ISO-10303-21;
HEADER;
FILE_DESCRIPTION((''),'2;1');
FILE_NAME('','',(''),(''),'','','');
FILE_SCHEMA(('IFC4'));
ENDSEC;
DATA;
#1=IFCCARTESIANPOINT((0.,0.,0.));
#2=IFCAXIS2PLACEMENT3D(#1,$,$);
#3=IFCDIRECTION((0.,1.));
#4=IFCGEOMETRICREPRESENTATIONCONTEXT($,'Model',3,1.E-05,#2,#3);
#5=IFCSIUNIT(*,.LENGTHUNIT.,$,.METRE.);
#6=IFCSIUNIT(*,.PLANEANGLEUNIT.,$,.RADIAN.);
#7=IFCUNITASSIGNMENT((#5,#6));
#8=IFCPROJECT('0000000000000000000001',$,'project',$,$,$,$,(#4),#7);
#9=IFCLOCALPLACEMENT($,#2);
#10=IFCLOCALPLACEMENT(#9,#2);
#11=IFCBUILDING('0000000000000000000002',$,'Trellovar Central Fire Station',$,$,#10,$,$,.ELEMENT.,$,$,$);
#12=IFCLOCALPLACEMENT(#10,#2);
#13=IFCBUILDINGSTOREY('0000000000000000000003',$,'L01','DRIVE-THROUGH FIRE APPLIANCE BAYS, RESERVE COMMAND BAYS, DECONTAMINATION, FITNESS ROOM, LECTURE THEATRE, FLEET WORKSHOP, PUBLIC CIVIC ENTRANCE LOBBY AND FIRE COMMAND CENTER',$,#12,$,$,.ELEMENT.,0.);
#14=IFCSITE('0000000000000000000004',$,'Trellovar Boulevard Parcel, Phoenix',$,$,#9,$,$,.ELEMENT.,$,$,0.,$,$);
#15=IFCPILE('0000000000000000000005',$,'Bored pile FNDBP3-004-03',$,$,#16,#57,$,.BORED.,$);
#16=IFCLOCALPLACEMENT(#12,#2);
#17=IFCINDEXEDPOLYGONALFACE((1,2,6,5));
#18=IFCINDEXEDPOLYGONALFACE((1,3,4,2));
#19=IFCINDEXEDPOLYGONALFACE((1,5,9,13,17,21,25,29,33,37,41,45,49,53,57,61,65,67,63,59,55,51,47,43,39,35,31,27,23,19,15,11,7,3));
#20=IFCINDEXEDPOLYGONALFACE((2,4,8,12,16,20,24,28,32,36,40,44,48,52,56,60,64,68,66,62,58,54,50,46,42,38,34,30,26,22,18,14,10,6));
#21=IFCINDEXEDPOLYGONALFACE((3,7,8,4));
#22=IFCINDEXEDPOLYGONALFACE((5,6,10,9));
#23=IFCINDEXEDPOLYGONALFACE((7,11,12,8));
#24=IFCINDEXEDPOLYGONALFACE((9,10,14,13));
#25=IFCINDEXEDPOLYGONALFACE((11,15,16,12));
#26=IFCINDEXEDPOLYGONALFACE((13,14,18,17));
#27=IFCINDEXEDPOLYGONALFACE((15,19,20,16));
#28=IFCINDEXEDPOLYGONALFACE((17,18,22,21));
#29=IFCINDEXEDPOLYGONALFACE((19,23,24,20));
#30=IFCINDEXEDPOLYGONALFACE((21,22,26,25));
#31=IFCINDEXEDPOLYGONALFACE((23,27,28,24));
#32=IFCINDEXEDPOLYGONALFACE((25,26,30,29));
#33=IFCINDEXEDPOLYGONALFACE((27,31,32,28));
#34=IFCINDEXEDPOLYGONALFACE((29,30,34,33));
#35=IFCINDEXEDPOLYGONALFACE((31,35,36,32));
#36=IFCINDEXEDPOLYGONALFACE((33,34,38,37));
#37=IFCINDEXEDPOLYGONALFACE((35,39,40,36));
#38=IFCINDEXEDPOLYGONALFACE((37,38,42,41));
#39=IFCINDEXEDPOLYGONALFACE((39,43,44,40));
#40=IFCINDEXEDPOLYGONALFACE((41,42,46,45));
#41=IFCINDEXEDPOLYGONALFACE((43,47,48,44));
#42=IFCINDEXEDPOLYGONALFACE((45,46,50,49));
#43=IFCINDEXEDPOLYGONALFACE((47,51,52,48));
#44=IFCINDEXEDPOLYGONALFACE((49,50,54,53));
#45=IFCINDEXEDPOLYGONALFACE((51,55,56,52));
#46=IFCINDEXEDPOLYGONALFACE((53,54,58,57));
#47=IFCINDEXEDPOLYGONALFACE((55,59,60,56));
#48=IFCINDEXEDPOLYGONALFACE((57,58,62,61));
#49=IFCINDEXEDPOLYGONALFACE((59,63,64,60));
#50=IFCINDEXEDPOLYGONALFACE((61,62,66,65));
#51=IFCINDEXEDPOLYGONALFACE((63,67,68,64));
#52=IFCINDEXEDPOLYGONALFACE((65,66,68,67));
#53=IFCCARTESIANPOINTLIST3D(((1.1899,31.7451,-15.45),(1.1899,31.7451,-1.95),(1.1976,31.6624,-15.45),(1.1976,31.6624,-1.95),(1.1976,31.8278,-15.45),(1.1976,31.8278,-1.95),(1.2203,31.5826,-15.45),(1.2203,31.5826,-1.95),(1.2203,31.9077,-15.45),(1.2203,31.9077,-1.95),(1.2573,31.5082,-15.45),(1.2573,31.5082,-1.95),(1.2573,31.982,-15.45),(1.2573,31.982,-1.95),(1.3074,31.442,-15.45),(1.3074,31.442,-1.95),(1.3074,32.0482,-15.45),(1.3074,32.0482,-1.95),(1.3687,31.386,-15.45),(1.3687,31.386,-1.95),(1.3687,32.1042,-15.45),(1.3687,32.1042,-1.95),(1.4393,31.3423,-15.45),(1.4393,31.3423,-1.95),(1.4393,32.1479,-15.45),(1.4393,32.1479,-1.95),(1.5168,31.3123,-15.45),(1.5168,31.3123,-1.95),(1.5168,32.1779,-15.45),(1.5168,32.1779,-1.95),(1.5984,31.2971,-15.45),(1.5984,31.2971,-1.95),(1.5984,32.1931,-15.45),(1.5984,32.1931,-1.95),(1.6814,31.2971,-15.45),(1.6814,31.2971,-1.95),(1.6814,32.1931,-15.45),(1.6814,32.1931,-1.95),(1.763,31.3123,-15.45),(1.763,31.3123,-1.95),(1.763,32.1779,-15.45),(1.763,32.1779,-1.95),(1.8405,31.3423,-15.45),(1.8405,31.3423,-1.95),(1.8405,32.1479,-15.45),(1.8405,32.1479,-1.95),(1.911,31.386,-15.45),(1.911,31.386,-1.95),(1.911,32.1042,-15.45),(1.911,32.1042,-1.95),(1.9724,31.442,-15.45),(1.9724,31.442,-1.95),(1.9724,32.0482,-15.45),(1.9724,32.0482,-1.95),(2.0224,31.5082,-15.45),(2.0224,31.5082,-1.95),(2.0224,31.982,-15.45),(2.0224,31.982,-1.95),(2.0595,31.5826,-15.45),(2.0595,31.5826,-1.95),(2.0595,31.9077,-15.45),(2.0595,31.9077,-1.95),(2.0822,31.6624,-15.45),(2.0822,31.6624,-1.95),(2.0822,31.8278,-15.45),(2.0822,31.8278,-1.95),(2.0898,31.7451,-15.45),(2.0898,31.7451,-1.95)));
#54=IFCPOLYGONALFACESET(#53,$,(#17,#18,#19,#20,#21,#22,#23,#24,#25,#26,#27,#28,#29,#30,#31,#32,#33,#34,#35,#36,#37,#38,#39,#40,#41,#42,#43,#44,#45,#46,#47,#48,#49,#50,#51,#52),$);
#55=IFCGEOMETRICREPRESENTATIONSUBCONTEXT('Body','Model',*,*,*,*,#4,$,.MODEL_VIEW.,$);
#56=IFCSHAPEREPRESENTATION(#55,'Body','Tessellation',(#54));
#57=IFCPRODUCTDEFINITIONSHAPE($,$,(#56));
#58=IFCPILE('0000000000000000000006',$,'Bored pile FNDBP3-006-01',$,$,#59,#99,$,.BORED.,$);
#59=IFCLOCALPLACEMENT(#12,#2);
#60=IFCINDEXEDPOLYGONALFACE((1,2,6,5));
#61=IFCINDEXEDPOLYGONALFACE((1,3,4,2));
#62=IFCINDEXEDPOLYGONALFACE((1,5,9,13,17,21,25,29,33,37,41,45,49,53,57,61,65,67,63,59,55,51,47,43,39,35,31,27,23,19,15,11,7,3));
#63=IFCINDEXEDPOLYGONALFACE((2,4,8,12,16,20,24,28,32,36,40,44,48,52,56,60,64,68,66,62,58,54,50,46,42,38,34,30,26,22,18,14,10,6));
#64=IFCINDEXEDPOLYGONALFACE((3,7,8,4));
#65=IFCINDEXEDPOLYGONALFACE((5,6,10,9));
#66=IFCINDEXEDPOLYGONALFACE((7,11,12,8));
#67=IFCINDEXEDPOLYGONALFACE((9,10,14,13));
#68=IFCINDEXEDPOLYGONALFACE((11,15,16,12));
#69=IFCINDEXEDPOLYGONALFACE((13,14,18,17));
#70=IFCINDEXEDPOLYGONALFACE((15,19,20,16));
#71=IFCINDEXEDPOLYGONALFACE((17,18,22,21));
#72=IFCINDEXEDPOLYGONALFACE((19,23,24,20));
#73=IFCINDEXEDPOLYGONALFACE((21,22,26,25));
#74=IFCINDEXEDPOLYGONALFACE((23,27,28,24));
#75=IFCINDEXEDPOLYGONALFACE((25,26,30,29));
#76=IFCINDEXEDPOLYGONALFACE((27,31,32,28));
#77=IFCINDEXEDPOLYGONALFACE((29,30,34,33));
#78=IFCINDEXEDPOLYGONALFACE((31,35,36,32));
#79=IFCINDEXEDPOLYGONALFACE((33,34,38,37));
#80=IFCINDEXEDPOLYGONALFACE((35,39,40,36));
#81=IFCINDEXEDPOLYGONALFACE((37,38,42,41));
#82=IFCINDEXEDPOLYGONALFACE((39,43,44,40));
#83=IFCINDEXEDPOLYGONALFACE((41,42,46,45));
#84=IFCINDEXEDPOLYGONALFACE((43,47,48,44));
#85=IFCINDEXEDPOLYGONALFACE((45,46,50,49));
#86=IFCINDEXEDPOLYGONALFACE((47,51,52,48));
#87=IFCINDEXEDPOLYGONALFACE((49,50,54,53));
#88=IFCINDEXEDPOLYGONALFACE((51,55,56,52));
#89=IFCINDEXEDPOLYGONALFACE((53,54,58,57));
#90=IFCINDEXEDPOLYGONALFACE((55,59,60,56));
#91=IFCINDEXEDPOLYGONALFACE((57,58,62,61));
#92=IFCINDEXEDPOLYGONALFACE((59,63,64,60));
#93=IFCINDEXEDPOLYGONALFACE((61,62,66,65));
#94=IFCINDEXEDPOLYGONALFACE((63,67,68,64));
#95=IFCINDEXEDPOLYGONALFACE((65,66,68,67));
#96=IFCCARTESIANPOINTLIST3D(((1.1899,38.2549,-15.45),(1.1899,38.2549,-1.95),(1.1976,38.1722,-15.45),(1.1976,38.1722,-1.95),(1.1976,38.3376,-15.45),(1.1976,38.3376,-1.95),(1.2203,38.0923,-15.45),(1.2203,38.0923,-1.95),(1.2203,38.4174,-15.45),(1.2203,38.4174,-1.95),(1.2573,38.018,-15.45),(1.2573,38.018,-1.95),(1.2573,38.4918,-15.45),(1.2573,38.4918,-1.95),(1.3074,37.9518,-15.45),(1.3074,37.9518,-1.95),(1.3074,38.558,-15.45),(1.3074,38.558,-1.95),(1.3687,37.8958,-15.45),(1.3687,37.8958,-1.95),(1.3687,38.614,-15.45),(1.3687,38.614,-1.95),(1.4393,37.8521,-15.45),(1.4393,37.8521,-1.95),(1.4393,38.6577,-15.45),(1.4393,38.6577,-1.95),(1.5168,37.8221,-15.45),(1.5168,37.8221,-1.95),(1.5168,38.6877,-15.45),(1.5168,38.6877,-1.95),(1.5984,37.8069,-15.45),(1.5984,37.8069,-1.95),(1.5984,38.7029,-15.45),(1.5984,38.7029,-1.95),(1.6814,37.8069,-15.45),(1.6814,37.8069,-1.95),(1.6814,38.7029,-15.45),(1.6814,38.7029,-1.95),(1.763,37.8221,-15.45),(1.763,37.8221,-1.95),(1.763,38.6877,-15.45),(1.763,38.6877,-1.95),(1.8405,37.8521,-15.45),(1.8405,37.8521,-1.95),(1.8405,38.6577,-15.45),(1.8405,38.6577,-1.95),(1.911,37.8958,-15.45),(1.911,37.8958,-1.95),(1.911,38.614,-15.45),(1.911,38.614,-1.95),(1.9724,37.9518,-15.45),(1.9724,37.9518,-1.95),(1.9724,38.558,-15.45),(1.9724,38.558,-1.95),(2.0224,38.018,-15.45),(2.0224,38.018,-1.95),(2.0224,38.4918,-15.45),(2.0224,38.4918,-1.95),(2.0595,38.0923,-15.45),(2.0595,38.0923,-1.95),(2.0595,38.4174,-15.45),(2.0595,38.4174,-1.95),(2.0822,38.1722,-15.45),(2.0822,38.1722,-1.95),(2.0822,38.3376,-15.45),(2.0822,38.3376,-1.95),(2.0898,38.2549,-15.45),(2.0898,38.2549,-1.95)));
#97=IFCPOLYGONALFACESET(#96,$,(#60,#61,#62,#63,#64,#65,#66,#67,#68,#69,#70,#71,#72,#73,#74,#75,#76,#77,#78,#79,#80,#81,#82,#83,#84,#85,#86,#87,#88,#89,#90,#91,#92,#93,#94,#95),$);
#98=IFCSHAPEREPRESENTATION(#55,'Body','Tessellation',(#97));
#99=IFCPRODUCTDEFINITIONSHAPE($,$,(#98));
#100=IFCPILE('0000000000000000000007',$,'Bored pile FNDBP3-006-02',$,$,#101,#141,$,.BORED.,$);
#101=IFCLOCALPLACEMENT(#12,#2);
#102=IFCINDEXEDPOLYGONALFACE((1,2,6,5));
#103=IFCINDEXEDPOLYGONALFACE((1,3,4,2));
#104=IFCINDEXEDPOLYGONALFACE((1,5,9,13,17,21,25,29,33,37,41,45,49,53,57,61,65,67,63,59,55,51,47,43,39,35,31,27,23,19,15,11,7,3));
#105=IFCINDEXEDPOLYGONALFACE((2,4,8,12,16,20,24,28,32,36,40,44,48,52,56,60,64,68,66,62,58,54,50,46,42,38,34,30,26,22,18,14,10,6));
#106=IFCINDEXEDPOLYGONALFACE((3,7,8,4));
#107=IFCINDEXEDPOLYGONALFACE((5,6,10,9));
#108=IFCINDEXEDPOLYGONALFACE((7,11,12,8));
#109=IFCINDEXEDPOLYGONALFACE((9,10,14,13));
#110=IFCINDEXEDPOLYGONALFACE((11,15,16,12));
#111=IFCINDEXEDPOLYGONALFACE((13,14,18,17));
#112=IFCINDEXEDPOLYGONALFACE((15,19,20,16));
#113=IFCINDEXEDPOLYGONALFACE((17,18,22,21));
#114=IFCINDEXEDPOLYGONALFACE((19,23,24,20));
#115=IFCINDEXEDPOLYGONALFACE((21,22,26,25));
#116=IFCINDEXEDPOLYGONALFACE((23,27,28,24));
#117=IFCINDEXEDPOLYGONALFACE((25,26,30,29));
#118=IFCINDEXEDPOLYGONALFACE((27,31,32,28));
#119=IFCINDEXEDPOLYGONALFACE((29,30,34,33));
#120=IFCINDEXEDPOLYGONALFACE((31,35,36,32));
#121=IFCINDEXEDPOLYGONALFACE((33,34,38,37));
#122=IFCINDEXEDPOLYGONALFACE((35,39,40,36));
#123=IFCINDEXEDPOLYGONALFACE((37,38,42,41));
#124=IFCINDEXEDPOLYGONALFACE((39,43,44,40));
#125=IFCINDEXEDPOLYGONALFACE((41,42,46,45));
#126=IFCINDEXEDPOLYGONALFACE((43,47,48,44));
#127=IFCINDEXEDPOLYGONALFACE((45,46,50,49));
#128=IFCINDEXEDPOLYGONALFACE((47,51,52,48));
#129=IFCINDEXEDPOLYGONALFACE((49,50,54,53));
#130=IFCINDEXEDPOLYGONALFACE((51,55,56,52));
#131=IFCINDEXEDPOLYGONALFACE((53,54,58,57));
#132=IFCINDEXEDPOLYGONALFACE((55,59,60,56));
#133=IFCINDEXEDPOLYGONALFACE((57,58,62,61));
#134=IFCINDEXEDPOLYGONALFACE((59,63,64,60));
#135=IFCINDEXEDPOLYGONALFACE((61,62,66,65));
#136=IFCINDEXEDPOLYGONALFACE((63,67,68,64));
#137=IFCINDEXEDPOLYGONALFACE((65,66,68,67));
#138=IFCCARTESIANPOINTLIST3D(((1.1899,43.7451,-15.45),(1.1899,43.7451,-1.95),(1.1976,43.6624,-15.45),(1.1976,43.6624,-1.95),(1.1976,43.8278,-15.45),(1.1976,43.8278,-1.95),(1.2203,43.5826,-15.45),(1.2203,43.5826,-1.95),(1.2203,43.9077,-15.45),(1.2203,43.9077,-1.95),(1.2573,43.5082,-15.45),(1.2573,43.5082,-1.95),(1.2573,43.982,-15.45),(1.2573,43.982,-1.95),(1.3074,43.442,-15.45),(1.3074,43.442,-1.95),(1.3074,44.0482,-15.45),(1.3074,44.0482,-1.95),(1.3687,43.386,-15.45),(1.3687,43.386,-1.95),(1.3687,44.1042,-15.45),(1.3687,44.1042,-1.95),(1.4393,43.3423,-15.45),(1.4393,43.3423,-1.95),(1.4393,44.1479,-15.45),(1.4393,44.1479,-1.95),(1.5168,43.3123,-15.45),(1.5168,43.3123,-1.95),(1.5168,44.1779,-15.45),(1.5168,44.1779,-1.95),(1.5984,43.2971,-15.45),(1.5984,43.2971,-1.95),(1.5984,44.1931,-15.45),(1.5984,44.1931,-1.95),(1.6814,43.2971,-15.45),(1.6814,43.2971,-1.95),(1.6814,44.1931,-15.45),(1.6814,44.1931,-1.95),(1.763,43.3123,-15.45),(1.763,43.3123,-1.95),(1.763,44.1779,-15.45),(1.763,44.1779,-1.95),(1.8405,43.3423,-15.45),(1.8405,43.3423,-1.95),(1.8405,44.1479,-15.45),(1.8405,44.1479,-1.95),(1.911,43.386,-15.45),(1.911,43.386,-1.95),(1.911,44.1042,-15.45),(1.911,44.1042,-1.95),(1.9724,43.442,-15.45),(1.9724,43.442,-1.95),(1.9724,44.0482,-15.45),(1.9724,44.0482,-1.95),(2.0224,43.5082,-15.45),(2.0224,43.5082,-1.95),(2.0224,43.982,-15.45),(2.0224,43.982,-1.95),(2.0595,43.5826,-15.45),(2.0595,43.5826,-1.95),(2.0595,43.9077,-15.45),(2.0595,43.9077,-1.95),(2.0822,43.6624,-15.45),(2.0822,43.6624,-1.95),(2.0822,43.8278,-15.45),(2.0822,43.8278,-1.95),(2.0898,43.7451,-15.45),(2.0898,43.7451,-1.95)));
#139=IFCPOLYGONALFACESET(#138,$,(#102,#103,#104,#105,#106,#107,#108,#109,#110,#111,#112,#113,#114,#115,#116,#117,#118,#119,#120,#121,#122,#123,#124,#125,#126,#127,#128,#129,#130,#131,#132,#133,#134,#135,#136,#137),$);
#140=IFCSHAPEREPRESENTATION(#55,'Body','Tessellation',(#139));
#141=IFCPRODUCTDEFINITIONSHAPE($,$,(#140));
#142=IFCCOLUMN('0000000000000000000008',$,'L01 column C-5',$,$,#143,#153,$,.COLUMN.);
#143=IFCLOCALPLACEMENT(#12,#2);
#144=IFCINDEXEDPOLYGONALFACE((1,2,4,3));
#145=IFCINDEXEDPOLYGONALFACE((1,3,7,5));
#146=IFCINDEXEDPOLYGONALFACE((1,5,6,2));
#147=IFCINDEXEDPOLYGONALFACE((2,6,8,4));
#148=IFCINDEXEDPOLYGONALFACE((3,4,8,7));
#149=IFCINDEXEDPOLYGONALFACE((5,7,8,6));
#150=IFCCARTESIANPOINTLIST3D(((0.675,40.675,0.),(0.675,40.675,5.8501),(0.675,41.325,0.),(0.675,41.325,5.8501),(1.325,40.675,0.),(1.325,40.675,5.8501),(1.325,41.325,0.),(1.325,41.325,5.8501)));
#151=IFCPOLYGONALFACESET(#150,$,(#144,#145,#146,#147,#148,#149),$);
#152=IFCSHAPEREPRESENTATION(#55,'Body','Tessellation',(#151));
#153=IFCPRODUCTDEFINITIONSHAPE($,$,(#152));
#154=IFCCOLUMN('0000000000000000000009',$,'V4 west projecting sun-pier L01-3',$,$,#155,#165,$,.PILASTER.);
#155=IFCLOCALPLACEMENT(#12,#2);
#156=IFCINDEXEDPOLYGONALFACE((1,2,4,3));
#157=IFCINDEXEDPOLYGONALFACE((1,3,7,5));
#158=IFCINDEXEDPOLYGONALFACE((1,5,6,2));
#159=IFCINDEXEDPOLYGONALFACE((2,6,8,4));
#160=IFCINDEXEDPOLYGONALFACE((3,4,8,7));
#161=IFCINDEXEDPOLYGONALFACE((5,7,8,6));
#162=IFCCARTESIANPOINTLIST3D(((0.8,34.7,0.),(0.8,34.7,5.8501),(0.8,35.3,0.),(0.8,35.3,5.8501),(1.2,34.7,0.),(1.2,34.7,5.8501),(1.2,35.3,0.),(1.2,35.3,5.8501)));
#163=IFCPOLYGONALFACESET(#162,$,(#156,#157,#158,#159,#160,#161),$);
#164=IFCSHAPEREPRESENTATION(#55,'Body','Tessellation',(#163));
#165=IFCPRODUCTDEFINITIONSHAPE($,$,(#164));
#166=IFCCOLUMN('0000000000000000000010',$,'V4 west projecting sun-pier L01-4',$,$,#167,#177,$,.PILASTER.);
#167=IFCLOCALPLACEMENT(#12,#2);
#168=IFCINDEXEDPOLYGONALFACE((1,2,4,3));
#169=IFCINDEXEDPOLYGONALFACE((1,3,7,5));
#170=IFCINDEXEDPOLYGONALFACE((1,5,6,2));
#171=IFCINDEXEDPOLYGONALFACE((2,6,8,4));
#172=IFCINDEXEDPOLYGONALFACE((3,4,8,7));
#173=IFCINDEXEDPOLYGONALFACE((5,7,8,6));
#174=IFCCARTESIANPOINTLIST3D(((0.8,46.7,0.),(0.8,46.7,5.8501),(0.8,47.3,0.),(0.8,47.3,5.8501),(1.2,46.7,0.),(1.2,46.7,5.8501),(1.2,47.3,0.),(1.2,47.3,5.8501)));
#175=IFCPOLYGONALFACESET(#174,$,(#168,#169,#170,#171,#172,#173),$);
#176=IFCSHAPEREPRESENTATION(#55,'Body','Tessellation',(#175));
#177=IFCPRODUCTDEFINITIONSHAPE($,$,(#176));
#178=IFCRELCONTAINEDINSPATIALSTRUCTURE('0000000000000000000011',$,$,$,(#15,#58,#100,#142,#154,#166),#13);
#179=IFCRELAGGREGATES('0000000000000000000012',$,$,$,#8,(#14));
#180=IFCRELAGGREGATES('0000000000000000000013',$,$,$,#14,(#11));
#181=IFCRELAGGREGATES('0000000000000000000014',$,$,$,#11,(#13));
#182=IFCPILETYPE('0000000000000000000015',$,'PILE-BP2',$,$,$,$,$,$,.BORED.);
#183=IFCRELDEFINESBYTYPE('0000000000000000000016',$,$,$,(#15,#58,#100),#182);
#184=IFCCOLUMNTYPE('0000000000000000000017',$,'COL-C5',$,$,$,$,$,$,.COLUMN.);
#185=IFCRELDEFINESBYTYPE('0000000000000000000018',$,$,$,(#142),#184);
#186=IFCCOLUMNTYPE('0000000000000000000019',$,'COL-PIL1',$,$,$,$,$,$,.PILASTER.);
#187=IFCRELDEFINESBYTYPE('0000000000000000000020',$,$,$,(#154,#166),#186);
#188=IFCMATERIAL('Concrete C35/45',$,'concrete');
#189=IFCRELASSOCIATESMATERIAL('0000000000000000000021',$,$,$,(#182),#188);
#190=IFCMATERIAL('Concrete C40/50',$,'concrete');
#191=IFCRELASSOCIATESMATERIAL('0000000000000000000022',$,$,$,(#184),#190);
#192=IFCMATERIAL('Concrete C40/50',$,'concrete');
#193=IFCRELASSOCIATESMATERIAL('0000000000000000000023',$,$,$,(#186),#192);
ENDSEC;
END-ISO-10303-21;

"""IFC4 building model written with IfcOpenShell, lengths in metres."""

from ifc_helpers import new_model, si_unit, direction, frame, origin, origin_2d, place, context, subcontext, project, spatial, rectangle, circle, extrude, material, material_profile, profile_set, type_object, element, save


model = new_model("IFC4")

# Units and contexts
model_context = context("Model", 3, precision=1e-05, world=origin(), true_north=direction((0.0, 1.0)))
body_context = subcontext(model_context, "Body", "Model", "MODEL_VIEW")
ifc_project = project(units=[si_unit("LENGTHUNIT", "METRE"), si_unit("PLANEANGLEUNIT", "RADIAN")], contexts=[model_context])

# Site, building, storey
site_placement = place(None, origin())
site = spatial("IfcSite", under=ifc_project, at=site_placement, Name="Trellovar Boulevard Parcel, Phoenix", CompositionType="ELEMENT", RefElevation=0.0)
building_placement = place(site_placement, origin())
building = spatial("IfcBuilding", under=site, at=building_placement, Name="Trellovar Central Fire Station", CompositionType="ELEMENT")
storey_placement = place(building_placement, origin())
storey = spatial("IfcBuildingStorey", under=building, at=storey_placement, Name="L01", Description="DRIVE-THROUGH FIRE APPLIANCE BAYS, RESERVE COMMAND BAYS, DECONTAMINATION, FITNESS ROOM, LECTURE THEATRE, FLEET WORKSHOP, PUBLIC CIVIC ENTRANCE LOBBY AND FIRE COMMAND CENTER", CompositionType="ELEMENT", Elevation=0.0)

# Piles
ifc_material_1 = material(Name="Concrete C35/45", Category="concrete")
ifc_material_profile_1 = material_profile(ifc_material_1, circle(Radius=0.45, at=origin_2d()), Name="PILE900")
ifc_profile_set_1 = profile_set([ifc_material_profile_1], Name="Concrete C35/45")
pile_type_1 = type_object("IfcPileType", Name="PILE-BP2", PredefinedType="BORED", material=ifc_profile_set_1)
for number, where, z_axis, x_axis, name in (
    (1, (1.6399, 31.7451, -1.95), (0.0, 0.0, -1.0), (1.0, 0.0, 0.0), "Bored pile FNDBP3-004-03"),
    (2, (1.6399, 38.2549, -1.95), (0.0, 0.0, -1.0), (1.0, 0.0, 0.0), "Bored pile FNDBP3-006-01"),
    (3, (1.6399, 43.7451, -1.95), (0.0, 0.0, -1.0), (1.0, 0.0, 0.0), "Bored pile FNDBP3-006-02"),
):
    element("IfcPile", number, at=place(storey_placement, frame(where, z_axis=z_axis, x_axis=x_axis)), inside=storey, type_object=pile_type_1, Name=name, PredefinedType="BORED", context=body_context, shape_type="SweptSolid", body=[
        extrude(circle(Radius=0.45, at=origin_2d()), origin(), (0.0, 0.0, 1.0), 13.5),
    ])

# Columns
ifc_material_2 = material(Name="Concrete C40/50", Category="concrete")
ifc_material_profile_2 = material_profile(ifc_material_2, rectangle(XDim=0.6499, YDim=0.6499, at=origin_2d()), Name="RC650X650")
ifc_profile_set_2 = profile_set([ifc_material_profile_2], Name="Concrete C40/50")
column_type_1 = type_object("IfcColumnType", Name="COL-C5", PredefinedType="COLUMN", material=ifc_profile_set_2)
column_placement = place(storey_placement, frame((1.0, 41.0, 0.0), z_axis=(0.0, 0.0, 1.0), x_axis=(1.0, 0.0, 0.0)))
element("IfcColumn", 4, at=column_placement, inside=storey, type_object=column_type_1, Name="L01 column C-5", PredefinedType="COLUMN", context=body_context, shape_type="SweptSolid", body=[
    extrude(rectangle(XDim=0.6499, YDim=0.6499, at=origin_2d()), origin(), (0.0, 0.0, 1.0), 5.8501),
])
ifc_material_3 = material(Name="Concrete C40/50", Category="concrete")
ifc_material_profile_3 = material_profile(ifc_material_3, rectangle(XDim=0.3999, YDim=0.6001, at=origin_2d()), Name="RC400X600")
ifc_profile_set_3 = profile_set([ifc_material_profile_3], Name="Concrete C40/50")
column_type_2 = type_object("IfcColumnType", Name="COL-PIL1", PredefinedType="PILASTER", material=ifc_profile_set_3)
for number, where, z_axis, x_axis, name in (
    (5, (1.0, 35.0, 0.0), (0.0, 0.0, 1.0), (1.0, 0.0, 0.0), "V4 west projecting sun-pier L01-3"),
    (6, (1.0, 47.0, 0.0), (0.0, 0.0, 1.0), (1.0, 0.0, 0.0), "V4 west projecting sun-pier L01-4"),
):
    element("IfcColumn", number, at=place(storey_placement, frame(where, z_axis=z_axis, x_axis=x_axis)), inside=storey, type_object=column_type_2, Name=name, PredefinedType="PILASTER", context=body_context, shape_type="SweptSolid", body=[
        extrude(rectangle(XDim=0.3999, YDim=0.6001, at=origin_2d()), origin(), (0.0, 0.0, 1.0), 5.8501),
    ])

save(model, "model.ifc")
